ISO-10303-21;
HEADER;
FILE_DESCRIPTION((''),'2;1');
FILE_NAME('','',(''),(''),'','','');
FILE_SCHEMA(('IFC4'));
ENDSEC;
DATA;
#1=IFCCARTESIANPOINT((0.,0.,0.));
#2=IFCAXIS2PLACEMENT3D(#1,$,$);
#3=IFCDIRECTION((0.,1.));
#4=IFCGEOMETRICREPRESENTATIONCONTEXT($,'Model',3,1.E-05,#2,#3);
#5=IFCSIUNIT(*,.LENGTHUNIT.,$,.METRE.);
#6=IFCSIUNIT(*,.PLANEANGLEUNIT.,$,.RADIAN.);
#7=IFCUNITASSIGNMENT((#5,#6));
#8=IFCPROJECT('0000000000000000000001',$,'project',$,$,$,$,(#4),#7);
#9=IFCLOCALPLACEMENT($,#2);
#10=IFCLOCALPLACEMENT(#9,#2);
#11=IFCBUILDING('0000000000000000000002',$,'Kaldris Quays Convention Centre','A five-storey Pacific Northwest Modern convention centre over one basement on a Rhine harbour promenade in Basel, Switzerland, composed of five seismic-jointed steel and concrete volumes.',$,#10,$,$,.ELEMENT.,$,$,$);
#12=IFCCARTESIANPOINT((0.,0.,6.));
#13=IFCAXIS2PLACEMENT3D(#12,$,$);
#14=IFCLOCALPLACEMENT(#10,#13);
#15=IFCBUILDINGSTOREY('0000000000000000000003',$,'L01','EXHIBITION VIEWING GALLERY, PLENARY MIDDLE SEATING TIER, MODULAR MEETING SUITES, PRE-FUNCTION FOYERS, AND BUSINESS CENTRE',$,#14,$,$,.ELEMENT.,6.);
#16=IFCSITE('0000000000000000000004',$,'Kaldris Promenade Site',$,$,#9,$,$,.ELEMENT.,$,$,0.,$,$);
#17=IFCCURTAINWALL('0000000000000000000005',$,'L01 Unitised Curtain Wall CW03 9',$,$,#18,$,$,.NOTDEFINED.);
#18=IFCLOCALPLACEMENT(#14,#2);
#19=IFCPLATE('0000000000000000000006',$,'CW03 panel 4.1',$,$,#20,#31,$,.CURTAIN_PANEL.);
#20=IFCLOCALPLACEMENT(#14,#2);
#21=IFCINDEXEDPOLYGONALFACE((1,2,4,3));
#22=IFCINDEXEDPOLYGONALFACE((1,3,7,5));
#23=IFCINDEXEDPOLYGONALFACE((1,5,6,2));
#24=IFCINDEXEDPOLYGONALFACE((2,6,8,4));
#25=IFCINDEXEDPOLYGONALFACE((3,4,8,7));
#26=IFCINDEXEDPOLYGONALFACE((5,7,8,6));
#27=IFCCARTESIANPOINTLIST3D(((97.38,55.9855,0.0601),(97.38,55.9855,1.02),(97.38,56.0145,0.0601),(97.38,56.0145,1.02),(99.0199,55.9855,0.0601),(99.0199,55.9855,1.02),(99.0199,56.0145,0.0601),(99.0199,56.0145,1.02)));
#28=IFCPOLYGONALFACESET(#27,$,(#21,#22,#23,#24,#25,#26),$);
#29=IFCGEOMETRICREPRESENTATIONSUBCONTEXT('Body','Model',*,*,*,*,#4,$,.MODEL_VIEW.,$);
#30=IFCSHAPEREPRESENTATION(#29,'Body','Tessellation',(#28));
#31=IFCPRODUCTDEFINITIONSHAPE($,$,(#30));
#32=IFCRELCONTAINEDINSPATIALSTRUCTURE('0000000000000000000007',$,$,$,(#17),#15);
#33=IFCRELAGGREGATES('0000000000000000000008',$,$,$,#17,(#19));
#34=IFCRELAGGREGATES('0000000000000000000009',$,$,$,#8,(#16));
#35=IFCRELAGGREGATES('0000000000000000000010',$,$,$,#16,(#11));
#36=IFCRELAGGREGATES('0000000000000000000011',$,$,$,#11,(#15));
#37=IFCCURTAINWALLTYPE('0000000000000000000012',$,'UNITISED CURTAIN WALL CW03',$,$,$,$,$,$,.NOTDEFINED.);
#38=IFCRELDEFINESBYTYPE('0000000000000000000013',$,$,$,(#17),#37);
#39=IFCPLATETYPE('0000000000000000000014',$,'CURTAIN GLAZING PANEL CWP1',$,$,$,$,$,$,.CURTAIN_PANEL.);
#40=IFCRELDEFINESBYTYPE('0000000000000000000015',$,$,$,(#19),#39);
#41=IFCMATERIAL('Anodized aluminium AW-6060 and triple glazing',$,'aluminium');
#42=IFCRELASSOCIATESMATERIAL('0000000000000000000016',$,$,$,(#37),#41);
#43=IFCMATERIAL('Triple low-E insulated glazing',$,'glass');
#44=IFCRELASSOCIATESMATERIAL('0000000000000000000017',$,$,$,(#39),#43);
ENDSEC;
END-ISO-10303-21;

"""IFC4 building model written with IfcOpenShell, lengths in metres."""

from ifc_helpers import new_model, si_unit, direction, frame, origin, origin_2d, place, context, subcontext, project, spatial, rectangle, extrude, material, type_object, element, aggregate, save


model = new_model("IFC4")

# Units and contexts
model_context = context("Model", 3, precision=1e-05, world=origin(), true_north=direction((0.0, 1.0)))
body_context = subcontext(model_context, "Body", "Model", "MODEL_VIEW")
ifc_project = project(units=[si_unit("LENGTHUNIT", "METRE"), si_unit("PLANEANGLEUNIT", "RADIAN")], contexts=[model_context])

# Site, building, storey
site_placement = place(None, origin())
site = spatial("IfcSite", under=ifc_project, at=site_placement, Name="Kaldris Promenade Site", CompositionType="ELEMENT", RefElevation=0.0)
building_placement = place(site_placement, origin())
building = spatial("IfcBuilding", under=site, at=building_placement, Name="Kaldris Quays Convention Centre", Description="A five-storey Pacific Northwest Modern convention centre over one basement on a Rhine harbour promenade in Basel, Switzerland, composed of five seismic-jointed steel and concrete volumes.", CompositionType="ELEMENT")
storey_placement = place(building_placement, frame((0.0, 0.0, 6.0)))
storey = spatial("IfcBuildingStorey", under=building, at=storey_placement, Name="L01", Description="EXHIBITION VIEWING GALLERY, PLENARY MIDDLE SEATING TIER, MODULAR MEETING SUITES, PRE-FUNCTION FOYERS, AND BUSINESS CENTRE", CompositionType="ELEMENT", Elevation=6.0)

# Curtain wall, plate
ifc_material_1 = material(Name="Anodized aluminium AW-6060 and triple glazing", Category="aluminium")
curtain_wall_type = type_object("IfcCurtainWallType", Name="UNITISED CURTAIN WALL CW03", PredefinedType="NOTDEFINED", material=ifc_material_1)
curtain_wall_placement = place(storey_placement, origin())
curtain_wall = element("IfcCurtainWall", 1, at=curtain_wall_placement, inside=storey, type_object=curtain_wall_type, Name="L01 Unitised Curtain Wall CW03 9", PredefinedType="NOTDEFINED")
ifc_material_2 = material(Name="Triple low-E insulated glazing", Category="glass")
plate_type = type_object("IfcPlateType", Name="CURTAIN GLAZING PANEL CWP1", PredefinedType="CURTAIN_PANEL", material=ifc_material_2)
plate_1_placement = place(storey_placement, frame((98.2, 56.0, 0.0601), z_axis=(0.0, 0.0, 1.0), x_axis=(1.0, 0.0, 0.0)))
plate_1 = element("IfcPlate", 2, at=plate_1_placement, type_object=plate_type, Name="CW03 panel 4.1", PredefinedType="CURTAIN_PANEL", context=body_context, shape_type="SweptSolid", body=[
    extrude(rectangle(XDim=1.6399, YDim=0.0291, at=origin_2d()), origin(), (0.0, 0.0, 1.0), 0.96),
])
aggregate(curtain_wall, [plate_1])

save(model, "model.ifc")
